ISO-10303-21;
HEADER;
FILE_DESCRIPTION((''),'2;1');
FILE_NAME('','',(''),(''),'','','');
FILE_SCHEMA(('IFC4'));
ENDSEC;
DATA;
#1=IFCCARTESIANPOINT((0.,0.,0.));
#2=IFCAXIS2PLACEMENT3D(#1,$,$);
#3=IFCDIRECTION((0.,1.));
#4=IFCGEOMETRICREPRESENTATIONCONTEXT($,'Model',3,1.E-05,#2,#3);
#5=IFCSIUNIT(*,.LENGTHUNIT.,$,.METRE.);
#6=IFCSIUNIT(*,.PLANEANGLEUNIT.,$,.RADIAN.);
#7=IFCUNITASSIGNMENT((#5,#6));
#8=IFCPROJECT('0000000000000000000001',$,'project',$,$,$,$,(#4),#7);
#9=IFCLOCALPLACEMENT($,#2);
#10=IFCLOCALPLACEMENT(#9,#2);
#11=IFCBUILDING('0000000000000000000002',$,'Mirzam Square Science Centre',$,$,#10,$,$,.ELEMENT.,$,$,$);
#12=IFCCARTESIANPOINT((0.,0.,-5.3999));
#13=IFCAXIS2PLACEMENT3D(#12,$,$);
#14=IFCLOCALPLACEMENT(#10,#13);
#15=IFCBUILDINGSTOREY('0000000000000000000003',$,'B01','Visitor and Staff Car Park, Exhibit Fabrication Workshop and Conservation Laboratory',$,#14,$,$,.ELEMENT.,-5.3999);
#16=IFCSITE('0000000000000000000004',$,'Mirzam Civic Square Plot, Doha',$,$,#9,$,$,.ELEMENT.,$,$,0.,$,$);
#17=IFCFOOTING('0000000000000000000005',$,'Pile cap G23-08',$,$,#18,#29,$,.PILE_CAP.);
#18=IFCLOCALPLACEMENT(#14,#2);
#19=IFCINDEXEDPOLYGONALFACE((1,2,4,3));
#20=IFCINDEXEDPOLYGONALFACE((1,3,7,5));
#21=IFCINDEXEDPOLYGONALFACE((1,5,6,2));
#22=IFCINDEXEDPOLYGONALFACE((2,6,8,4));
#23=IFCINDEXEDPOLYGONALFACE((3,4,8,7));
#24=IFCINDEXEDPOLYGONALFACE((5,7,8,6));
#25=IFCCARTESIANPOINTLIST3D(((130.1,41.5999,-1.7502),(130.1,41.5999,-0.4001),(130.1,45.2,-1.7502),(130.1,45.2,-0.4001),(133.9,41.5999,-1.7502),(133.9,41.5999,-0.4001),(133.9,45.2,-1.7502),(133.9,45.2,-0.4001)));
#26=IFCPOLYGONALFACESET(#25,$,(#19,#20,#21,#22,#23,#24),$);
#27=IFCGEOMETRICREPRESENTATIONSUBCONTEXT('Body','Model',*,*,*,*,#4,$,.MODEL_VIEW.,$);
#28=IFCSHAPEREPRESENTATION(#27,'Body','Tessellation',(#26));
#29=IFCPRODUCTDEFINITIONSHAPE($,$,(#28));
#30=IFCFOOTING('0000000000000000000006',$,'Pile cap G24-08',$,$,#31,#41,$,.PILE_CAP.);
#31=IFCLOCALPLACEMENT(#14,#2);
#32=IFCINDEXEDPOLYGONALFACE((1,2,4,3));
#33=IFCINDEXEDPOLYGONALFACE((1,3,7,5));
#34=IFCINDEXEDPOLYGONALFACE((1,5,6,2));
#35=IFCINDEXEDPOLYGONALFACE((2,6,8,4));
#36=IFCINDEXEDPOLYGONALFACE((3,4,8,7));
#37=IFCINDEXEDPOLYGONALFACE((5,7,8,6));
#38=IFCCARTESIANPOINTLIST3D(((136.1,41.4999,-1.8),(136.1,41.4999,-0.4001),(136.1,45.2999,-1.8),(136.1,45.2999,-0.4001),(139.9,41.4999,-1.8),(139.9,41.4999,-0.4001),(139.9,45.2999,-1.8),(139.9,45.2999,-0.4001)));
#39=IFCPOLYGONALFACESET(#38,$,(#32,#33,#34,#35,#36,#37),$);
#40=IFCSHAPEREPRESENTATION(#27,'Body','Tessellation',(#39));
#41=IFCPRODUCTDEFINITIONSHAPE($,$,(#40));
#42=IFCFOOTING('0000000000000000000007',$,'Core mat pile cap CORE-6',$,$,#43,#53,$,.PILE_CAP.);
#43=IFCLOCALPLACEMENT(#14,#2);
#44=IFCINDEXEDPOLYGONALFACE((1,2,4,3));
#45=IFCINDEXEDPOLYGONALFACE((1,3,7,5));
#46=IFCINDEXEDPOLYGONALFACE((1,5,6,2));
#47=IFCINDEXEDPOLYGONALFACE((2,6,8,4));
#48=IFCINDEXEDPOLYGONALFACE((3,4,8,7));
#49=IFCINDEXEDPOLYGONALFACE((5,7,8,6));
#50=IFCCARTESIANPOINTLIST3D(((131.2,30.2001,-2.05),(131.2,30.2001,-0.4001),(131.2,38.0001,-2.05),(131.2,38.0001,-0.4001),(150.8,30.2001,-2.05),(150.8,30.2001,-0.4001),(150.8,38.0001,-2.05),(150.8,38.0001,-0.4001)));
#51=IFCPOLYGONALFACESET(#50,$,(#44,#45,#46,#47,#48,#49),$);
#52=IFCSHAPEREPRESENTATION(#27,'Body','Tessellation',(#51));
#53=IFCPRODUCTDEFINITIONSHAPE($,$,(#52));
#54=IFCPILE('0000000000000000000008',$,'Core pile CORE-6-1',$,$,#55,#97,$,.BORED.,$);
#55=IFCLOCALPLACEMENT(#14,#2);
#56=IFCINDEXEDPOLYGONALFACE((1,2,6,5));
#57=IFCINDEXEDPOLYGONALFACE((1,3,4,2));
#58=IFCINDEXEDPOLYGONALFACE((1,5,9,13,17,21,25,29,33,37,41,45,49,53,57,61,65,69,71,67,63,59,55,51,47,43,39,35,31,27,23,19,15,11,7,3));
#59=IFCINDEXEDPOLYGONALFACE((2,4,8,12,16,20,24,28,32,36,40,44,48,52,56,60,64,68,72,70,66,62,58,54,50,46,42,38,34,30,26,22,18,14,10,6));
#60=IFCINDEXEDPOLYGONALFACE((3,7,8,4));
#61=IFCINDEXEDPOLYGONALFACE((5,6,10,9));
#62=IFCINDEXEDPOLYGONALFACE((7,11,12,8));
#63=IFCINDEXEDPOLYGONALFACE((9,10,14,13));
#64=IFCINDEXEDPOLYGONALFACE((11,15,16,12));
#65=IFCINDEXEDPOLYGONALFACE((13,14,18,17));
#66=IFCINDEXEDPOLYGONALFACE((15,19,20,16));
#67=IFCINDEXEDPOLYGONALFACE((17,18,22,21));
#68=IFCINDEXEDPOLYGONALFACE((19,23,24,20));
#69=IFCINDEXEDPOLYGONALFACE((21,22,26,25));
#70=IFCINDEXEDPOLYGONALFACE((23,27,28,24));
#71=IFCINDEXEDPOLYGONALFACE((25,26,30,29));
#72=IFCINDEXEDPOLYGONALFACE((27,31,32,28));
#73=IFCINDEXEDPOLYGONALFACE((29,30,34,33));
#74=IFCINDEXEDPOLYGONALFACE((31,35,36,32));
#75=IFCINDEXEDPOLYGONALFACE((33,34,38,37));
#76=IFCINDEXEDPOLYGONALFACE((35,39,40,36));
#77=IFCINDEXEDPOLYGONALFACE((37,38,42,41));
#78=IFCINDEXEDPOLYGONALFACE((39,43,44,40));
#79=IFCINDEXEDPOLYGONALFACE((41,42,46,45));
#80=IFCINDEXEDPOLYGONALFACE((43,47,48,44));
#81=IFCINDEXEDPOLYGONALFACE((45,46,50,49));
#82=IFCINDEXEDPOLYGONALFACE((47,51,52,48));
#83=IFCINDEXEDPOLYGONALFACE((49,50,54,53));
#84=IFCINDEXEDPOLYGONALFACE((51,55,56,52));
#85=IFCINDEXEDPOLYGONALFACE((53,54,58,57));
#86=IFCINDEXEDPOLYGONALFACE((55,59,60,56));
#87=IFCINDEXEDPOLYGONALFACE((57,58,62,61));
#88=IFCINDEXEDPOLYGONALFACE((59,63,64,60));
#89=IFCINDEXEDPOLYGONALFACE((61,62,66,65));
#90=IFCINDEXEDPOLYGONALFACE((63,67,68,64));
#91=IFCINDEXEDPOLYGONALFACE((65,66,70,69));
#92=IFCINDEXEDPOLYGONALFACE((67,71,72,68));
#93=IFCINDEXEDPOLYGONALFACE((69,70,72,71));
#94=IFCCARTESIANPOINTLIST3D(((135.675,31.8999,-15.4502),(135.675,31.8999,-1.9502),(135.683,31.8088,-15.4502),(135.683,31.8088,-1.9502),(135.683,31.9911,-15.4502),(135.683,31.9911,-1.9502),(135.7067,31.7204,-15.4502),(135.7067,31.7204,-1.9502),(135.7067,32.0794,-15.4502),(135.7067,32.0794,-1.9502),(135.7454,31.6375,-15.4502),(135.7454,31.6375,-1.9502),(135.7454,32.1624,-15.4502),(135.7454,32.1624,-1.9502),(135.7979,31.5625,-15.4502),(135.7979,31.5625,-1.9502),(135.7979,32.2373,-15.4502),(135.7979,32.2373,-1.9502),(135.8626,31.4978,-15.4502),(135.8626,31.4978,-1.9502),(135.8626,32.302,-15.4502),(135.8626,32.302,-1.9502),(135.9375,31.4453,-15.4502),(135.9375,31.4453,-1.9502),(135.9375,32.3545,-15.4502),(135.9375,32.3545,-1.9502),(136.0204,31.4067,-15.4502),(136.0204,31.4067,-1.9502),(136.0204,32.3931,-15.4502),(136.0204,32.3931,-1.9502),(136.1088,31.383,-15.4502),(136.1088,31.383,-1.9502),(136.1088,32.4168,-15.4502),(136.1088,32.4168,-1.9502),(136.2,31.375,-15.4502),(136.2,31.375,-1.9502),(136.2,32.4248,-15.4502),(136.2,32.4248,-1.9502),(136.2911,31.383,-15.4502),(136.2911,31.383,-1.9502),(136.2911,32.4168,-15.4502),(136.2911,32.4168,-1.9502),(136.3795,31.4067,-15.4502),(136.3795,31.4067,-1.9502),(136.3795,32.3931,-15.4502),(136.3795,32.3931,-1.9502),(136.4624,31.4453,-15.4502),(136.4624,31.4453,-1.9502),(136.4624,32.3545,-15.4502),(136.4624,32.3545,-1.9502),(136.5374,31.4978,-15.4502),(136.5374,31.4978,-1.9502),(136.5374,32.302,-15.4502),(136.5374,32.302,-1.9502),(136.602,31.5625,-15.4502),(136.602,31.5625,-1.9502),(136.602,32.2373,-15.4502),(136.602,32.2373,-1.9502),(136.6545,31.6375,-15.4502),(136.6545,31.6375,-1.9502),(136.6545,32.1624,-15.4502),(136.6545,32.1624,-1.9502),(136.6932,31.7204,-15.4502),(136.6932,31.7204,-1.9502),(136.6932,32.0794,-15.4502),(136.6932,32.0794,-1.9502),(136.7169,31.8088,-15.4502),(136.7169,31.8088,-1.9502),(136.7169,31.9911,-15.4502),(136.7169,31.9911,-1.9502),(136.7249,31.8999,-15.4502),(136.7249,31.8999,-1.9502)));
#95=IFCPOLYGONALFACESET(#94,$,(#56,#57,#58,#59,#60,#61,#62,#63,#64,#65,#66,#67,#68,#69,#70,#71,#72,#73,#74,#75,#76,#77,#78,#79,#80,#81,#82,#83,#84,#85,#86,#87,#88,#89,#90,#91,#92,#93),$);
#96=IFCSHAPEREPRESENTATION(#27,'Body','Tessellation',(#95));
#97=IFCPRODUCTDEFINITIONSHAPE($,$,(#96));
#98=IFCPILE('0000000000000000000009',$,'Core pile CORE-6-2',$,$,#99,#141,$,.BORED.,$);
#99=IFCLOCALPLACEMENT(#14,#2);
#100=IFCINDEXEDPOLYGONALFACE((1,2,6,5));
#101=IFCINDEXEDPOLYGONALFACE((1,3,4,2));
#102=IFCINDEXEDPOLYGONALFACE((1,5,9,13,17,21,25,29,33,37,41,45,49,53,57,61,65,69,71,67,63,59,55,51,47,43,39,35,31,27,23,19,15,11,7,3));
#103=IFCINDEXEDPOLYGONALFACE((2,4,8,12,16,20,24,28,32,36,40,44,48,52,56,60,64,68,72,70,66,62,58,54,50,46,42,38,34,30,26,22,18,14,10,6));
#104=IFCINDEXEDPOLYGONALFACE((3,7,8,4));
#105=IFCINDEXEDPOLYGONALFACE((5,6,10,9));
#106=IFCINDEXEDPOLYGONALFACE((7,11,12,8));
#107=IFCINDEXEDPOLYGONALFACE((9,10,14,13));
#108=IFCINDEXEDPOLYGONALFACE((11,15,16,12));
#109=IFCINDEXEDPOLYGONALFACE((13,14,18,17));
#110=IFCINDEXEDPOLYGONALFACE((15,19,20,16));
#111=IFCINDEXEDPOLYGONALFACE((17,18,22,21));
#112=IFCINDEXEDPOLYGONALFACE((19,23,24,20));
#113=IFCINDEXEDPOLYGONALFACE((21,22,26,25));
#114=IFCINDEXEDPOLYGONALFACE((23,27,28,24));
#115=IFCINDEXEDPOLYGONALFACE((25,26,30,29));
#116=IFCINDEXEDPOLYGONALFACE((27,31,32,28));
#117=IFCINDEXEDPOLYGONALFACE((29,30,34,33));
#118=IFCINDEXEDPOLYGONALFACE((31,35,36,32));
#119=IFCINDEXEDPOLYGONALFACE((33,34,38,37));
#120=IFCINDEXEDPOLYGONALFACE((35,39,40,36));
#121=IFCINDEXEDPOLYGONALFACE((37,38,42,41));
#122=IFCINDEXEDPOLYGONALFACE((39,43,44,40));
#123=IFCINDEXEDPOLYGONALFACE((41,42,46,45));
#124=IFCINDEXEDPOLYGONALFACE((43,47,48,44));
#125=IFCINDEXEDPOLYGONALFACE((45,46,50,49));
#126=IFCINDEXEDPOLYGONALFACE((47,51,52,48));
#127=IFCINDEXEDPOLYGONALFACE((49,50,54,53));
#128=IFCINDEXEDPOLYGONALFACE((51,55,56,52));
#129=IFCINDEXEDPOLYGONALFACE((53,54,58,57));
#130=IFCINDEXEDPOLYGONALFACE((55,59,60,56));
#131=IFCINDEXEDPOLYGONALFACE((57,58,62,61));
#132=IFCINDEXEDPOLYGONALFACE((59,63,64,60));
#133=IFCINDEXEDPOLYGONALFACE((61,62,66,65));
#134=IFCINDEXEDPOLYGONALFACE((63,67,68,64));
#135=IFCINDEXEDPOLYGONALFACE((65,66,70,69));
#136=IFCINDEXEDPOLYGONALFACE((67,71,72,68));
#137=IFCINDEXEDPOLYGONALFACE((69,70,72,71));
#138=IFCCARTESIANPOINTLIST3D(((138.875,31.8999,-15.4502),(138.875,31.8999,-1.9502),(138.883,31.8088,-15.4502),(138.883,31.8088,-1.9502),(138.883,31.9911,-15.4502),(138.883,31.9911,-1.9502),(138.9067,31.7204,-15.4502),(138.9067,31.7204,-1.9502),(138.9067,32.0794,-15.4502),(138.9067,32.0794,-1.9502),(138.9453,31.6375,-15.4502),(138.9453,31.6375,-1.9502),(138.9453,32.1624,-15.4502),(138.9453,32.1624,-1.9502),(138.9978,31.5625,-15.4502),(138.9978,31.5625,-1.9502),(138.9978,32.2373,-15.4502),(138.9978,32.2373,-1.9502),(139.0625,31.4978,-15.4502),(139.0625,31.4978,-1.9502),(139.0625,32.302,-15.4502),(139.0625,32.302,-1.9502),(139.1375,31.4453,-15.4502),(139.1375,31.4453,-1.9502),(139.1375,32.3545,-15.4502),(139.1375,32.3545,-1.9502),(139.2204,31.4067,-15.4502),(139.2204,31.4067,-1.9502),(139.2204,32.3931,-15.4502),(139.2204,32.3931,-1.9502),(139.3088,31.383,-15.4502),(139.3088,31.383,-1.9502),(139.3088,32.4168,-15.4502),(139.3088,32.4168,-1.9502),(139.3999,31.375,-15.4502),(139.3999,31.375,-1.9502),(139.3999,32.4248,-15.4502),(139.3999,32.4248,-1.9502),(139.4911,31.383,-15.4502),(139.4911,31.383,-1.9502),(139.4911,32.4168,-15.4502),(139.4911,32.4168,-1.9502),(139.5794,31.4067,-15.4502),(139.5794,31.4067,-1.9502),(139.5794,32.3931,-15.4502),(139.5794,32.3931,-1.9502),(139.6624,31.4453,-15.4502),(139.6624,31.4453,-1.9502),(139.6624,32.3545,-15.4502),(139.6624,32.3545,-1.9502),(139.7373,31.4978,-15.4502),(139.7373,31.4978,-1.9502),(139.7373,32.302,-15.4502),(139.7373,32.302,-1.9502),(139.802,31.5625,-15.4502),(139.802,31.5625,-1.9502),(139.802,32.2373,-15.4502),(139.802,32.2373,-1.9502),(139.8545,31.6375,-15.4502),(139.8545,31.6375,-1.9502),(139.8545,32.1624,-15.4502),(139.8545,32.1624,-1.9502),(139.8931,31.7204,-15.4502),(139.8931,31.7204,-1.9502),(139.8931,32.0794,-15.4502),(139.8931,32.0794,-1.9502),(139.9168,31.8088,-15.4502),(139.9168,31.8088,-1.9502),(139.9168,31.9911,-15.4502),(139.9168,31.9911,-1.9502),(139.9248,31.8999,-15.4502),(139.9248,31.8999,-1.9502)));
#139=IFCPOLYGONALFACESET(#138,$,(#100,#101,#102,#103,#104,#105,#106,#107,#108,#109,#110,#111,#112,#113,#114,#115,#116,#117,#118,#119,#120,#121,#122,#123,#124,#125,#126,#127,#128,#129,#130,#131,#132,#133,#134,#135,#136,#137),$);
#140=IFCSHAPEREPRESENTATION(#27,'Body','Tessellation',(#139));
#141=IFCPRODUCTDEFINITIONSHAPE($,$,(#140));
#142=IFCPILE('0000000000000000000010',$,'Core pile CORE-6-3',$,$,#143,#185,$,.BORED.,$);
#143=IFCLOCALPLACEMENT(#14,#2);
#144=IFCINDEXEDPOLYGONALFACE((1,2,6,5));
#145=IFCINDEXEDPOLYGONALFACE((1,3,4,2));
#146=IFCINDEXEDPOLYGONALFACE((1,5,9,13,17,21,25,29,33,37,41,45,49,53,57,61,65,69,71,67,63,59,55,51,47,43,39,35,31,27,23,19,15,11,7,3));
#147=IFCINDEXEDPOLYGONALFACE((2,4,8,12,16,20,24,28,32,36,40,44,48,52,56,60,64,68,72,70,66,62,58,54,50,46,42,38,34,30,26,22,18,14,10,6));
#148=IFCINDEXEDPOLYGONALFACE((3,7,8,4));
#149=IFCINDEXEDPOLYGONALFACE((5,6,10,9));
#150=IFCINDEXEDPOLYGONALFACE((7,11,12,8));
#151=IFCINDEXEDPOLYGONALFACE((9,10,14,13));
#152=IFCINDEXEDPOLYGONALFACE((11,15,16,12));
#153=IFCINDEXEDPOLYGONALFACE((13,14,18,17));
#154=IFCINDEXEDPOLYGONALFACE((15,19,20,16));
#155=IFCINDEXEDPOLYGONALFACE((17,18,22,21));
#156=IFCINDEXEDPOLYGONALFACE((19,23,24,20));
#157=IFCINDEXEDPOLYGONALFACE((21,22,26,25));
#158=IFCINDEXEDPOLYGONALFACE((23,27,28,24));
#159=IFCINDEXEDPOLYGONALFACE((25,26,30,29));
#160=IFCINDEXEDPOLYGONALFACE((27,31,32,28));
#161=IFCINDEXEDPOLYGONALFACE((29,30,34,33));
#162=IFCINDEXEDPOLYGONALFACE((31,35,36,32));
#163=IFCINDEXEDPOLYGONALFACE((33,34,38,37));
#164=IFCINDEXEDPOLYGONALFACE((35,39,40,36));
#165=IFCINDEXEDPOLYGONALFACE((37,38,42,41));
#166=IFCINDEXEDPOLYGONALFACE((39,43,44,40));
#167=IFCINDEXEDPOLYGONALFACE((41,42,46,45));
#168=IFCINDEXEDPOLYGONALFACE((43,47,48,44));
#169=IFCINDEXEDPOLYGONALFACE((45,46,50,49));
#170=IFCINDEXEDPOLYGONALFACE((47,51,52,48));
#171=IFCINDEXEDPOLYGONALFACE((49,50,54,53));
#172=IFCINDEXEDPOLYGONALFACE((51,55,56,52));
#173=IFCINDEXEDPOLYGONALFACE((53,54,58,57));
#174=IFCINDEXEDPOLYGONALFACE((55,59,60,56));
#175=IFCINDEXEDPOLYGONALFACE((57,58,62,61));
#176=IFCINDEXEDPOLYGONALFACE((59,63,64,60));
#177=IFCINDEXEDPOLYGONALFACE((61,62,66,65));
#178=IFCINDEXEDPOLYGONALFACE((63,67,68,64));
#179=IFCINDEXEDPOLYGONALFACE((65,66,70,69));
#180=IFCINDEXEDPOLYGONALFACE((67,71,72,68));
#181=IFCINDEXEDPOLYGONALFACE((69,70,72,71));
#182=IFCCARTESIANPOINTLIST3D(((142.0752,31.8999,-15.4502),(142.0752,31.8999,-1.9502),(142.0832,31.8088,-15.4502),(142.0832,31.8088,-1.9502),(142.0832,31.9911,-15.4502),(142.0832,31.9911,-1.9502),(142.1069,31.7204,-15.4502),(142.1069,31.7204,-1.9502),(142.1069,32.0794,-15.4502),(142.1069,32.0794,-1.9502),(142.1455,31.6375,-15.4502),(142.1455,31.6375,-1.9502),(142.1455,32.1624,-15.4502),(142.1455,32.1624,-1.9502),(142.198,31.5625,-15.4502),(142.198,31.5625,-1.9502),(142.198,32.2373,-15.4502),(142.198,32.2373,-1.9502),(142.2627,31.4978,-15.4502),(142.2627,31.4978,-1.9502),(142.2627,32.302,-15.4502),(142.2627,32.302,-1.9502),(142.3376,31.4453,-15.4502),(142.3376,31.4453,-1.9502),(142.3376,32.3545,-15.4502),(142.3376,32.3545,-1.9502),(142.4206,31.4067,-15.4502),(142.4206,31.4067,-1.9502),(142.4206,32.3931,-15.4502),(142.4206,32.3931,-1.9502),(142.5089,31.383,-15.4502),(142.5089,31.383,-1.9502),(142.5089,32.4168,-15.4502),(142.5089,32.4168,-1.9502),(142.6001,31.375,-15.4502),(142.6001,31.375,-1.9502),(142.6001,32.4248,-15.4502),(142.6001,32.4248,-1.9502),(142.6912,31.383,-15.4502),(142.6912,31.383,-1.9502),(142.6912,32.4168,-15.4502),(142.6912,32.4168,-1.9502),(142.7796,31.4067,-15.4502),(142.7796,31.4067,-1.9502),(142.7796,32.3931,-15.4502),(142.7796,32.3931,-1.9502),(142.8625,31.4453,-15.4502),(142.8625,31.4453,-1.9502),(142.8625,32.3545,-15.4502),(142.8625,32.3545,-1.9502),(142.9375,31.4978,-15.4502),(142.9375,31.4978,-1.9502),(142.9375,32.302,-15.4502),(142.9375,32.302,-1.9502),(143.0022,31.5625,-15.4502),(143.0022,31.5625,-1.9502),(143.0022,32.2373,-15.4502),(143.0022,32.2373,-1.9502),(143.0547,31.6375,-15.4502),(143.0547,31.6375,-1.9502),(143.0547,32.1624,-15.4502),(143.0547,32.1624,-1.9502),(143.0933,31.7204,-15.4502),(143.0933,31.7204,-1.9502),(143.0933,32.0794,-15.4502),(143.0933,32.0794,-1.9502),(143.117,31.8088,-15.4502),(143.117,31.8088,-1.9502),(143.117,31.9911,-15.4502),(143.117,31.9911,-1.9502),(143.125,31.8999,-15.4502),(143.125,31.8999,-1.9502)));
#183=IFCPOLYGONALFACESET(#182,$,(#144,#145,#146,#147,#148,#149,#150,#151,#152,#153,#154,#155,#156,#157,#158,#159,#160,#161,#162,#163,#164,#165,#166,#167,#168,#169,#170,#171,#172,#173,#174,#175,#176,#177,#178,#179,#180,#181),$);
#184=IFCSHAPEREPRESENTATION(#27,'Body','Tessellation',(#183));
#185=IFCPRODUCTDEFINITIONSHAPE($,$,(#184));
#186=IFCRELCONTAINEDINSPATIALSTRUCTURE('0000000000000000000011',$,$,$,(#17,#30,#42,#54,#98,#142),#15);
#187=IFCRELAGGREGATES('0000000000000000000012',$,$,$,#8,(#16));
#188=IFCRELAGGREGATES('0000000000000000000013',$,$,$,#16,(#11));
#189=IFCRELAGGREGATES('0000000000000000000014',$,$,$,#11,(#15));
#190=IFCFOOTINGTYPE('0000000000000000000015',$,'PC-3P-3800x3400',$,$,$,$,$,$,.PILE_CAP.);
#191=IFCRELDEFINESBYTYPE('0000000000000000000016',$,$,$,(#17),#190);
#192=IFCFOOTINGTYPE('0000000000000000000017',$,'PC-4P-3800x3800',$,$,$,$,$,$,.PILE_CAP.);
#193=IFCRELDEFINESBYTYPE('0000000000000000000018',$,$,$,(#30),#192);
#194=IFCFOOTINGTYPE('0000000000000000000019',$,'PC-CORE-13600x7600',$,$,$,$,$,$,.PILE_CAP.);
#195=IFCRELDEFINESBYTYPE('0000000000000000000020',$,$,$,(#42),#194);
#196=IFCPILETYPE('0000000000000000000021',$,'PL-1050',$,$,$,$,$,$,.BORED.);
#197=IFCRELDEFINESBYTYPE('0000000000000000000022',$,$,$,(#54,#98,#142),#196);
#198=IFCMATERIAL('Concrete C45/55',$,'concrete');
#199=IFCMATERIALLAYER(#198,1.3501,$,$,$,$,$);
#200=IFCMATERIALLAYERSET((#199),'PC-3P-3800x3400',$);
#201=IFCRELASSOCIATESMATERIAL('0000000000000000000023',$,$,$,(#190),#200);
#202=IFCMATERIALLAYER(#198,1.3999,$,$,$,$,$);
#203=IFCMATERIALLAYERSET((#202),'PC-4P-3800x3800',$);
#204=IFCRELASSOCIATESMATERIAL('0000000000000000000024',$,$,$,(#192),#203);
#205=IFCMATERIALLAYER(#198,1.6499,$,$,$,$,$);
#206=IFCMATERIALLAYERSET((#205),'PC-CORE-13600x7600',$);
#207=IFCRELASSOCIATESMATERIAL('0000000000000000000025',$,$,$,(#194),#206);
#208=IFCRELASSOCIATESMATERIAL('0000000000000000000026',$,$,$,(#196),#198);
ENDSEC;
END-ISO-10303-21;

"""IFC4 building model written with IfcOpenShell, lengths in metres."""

from ifc_helpers import new_model, si_unit, direction, frame, origin, origin_2d, place, context, subcontext, project, spatial, rectangle, circle, extrude, material, layer, layer_set, material_profile, profile_set, type_object, element, save


model = new_model("IFC4")

# Units and contexts
model_context = context("Model", 3, precision=1e-05, world=origin(), true_north=direction((0.0, 1.0)))
body_context = subcontext(model_context, "Body", "Model", "MODEL_VIEW")
ifc_project = project(units=[si_unit("LENGTHUNIT", "METRE"), si_unit("PLANEANGLEUNIT", "RADIAN")], contexts=[model_context])

# Site, building, storey
site_placement = place(None, origin())
site = spatial("IfcSite", under=ifc_project, at=site_placement, Name="Mirzam Civic Square Plot, Doha", CompositionType="ELEMENT", RefElevation=0.0)
building_placement = place(site_placement, origin())
building = spatial("IfcBuilding", under=site, at=building_placement, Name="Mirzam Square Science Centre", CompositionType="ELEMENT")
storey_placement = place(building_placement, frame((0.0, 0.0, -5.3999)))
storey = spatial("IfcBuildingStorey", under=building, at=storey_placement, Name="B01", Description="Visitor and Staff Car Park, Exhibit Fabrication Workshop and Conservation Laboratory", CompositionType="ELEMENT", Elevation=-5.3999)

# Footings
ifc_material_1 = material(Name="Concrete C45/55", Category="concrete")
ifc_layer_1 = layer(ifc_material_1, 1.3501)
ifc_layer_set_1 = layer_set([ifc_layer_1], Name="PC-3P-3800x3400")
footing_type_1 = type_object("IfcFootingType", Name="PC-3P-3800x3400", PredefinedType="PILE_CAP", material=ifc_layer_set_1)
footing_1_placement = place(storey_placement, frame((132.0, 43.3999, -1.7502), z_axis=(0.0, 0.0, 1.0), x_axis=(1.0, 0.0, 0.0)))
element("IfcFooting", 1, at=footing_1_placement, inside=storey, type_object=footing_type_1, Name="Pile cap G23-08", PredefinedType="PILE_CAP", context=body_context, shape_type="SweptSolid", body=[
    extrude(rectangle(XDim=3.8, YDim=3.6001, at=origin_2d()), origin(), (0.0, 0.0, 1.0), 1.3501),
])
ifc_layer_2 = layer(ifc_material_1, 1.3999)
ifc_layer_set_2 = layer_set([ifc_layer_2], Name="PC-4P-3800x3800")
footing_type_2 = type_object("IfcFootingType", Name="PC-4P-3800x3800", PredefinedType="PILE_CAP", material=ifc_layer_set_2)
footing_2_placement = place(storey_placement, frame((138.0, 43.3999, -1.8), z_axis=(0.0, 0.0, 1.0), x_axis=(1.0, 0.0, 0.0)))
element("IfcFooting", 2, at=footing_2_placement, inside=storey, type_object=footing_type_2, Name="Pile cap G24-08", PredefinedType="PILE_CAP", context=body_context, shape_type="SweptSolid", body=[
    extrude(rectangle(XDim=3.8, YDim=3.8, at=origin_2d()), origin(), (0.0, 0.0, 1.0), 1.3999),
])
ifc_layer_3 = layer(ifc_material_1, 1.6499)
ifc_layer_set_3 = layer_set([ifc_layer_3], Name="PC-CORE-13600x7600")
footing_type_3 = type_object("IfcFootingType", Name="PC-CORE-13600x7600", PredefinedType="PILE_CAP", material=ifc_layer_set_3)
footing_3_placement = place(storey_placement, frame((141.0, 34.1001, -2.05), z_axis=(0.0, 0.0, 1.0), x_axis=(1.0, 0.0, 0.0)))
element("IfcFooting", 3, at=footing_3_placement, inside=storey, type_object=footing_type_3, Name="Core mat pile cap CORE-6", PredefinedType="PILE_CAP", context=body_context, shape_type="SweptSolid", body=[
    extrude(rectangle(XDim=19.6001, YDim=7.8, at=origin_2d()), origin(), (0.0, 0.0, 1.0), 1.6499),
])

# Piles
ifc_material_profile_1 = material_profile(ifc_material_1, circle(Radius=0.5249, at=origin_2d()), Name="PILE-D1050")
ifc_profile_set_1 = profile_set([ifc_material_profile_1], Name="Concrete C45/55")
pile_type_1 = type_object("IfcPileType", Name="PL-1050", PredefinedType="BORED", material=ifc_profile_set_1)
for number, where, z_axis, x_axis, name in (
    (4, (136.2, 31.8999, -1.9502), (0.0, 0.0, -1.0), (1.0, 0.0, 0.0), "Core pile CORE-6-1"),
    (5, (139.3999, 31.8999, -1.9502), (0.0, 0.0, -1.0), (1.0, 0.0, 0.0), "Core pile CORE-6-2"),
    (6, (142.6001, 31.8999, -1.9502), (0.0, 0.0, -1.0), (1.0, 0.0, 0.0), "Core pile CORE-6-3"),
):
    element("IfcPile", number, at=place(storey_placement, frame(where, z_axis=z_axis, x_axis=x_axis)), inside=storey, type_object=pile_type_1, Name=name, PredefinedType="BORED", context=body_context, shape_type="SweptSolid", body=[
        extrude(circle(Radius=0.5249, at=origin_2d()), origin(), (0.0, 0.0, 1.0), 13.5),
    ])

save(model, "model.ifc")
